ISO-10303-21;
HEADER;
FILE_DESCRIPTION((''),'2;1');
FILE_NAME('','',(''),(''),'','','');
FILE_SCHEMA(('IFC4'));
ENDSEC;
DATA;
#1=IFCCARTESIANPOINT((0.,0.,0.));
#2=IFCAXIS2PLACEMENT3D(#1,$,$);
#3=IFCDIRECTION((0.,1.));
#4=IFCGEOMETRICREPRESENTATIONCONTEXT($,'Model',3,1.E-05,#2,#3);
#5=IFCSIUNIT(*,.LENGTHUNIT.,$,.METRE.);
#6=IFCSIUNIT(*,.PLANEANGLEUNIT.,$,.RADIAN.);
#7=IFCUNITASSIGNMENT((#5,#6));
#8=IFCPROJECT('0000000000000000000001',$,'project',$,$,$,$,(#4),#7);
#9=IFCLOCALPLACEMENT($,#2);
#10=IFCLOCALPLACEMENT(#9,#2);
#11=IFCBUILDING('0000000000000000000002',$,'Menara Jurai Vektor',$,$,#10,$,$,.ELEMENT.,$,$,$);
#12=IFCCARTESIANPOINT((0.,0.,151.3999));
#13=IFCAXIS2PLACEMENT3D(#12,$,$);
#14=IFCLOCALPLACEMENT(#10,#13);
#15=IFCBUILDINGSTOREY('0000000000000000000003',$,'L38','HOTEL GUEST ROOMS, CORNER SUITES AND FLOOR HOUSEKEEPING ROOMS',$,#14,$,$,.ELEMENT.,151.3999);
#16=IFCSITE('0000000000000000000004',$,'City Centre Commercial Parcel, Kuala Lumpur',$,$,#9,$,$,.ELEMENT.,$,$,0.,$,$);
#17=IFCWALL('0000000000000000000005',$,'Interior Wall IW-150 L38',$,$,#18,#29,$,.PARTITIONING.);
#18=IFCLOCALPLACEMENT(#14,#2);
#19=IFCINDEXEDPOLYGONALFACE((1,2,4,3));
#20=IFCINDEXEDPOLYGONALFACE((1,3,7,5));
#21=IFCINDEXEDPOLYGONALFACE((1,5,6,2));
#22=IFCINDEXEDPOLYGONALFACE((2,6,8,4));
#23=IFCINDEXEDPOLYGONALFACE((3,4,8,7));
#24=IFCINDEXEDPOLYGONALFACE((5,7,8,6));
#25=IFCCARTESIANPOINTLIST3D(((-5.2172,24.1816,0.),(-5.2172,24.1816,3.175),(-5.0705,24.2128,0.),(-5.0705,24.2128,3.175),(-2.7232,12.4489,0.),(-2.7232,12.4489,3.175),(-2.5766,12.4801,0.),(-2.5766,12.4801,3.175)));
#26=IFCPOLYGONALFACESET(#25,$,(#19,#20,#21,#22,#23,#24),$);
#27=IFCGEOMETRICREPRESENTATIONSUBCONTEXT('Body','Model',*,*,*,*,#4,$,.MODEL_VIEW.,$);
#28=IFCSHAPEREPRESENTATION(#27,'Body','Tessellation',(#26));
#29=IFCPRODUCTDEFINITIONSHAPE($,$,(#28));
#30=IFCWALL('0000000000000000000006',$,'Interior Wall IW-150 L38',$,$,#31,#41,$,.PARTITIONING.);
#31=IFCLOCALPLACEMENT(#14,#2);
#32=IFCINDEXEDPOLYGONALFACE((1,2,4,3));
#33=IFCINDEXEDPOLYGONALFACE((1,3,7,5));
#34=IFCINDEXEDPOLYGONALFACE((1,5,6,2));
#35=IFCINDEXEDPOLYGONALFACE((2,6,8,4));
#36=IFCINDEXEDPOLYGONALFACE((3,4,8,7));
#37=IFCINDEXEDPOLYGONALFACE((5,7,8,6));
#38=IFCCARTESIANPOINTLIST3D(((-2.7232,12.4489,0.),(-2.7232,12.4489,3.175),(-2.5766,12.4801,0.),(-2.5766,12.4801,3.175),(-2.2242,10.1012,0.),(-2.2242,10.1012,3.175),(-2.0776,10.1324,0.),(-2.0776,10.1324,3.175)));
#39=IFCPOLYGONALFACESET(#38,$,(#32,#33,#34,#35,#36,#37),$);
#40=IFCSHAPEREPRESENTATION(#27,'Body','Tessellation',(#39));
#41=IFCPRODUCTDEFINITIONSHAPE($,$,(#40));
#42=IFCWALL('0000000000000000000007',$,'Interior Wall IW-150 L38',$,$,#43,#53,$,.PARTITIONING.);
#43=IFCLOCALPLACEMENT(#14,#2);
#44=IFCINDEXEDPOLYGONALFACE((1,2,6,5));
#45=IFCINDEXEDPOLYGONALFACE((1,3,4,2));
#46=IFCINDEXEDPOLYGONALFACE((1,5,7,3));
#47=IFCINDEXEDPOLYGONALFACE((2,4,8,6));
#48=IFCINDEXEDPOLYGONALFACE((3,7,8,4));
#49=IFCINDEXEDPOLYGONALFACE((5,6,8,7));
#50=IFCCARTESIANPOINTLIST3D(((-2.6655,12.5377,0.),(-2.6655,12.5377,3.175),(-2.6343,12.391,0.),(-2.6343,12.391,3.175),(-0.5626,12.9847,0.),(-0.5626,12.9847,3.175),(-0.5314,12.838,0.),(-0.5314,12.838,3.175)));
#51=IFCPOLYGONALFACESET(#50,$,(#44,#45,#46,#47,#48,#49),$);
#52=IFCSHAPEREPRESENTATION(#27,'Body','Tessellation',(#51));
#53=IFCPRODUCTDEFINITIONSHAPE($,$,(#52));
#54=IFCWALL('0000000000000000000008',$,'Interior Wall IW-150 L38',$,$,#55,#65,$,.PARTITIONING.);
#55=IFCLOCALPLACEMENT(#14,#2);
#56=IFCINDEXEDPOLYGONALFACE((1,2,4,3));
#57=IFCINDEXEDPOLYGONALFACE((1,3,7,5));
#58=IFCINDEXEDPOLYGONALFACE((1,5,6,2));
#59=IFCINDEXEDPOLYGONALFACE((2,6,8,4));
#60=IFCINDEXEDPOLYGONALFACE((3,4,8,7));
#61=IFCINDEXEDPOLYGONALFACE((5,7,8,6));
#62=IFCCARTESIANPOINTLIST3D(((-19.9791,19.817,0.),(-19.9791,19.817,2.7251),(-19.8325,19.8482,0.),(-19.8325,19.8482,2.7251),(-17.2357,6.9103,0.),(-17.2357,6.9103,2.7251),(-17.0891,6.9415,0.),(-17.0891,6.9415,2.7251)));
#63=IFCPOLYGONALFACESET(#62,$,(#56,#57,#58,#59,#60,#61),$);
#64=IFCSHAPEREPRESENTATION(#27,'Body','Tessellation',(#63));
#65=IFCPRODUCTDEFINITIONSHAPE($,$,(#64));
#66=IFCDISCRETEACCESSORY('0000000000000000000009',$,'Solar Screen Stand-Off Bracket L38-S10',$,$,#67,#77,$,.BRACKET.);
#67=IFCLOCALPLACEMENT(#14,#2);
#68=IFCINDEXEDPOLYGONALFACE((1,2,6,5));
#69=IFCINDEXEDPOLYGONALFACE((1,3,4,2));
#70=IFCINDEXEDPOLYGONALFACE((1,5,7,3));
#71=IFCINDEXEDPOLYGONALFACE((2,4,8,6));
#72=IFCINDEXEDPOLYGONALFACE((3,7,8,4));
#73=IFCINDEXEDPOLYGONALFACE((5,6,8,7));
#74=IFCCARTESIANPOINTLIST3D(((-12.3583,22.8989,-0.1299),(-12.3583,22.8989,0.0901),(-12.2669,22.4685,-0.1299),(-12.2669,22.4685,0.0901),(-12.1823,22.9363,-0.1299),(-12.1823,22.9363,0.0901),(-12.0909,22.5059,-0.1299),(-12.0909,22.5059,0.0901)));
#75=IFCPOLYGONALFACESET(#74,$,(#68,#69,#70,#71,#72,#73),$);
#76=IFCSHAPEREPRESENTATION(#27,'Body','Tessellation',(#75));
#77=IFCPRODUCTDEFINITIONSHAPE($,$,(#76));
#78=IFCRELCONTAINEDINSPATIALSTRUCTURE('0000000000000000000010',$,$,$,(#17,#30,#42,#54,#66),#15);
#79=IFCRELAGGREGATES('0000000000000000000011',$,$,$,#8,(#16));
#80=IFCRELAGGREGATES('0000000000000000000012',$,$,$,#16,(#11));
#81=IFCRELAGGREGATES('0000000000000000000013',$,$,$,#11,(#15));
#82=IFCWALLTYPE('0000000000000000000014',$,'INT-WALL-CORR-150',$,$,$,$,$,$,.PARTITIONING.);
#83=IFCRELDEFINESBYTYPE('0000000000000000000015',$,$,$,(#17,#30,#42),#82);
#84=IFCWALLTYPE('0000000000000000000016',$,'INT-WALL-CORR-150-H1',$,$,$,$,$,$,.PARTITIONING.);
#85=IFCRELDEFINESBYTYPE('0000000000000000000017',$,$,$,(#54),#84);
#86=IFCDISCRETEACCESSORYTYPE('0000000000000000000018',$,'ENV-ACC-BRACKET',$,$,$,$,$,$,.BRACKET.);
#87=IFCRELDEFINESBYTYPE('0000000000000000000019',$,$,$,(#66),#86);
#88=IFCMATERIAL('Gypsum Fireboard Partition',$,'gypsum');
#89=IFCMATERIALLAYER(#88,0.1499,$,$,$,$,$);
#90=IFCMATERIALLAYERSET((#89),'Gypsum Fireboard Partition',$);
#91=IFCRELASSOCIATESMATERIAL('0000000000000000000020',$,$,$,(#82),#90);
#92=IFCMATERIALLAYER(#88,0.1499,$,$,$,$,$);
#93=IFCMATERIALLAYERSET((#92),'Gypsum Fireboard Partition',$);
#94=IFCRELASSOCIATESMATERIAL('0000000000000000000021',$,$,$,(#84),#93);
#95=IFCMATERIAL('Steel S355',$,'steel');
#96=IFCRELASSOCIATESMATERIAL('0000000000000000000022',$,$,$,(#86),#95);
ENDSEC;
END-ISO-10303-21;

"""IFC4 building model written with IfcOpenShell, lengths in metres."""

from ifc_helpers import new_model, si_unit, direction, frame, frame_2d, origin, origin_2d, place, context, subcontext, project, spatial, rectangle, extrude, material, layer, layer_set, type_object, element, save


model = new_model("IFC4")

# Units and contexts
model_context = context("Model", 3, precision=1e-05, world=origin(), true_north=direction((0.0, 1.0)))
body_context = subcontext(model_context, "Body", "Model", "MODEL_VIEW")
ifc_project = project(units=[si_unit("LENGTHUNIT", "METRE"), si_unit("PLANEANGLEUNIT", "RADIAN")], contexts=[model_context])

# Site, building, storey
site_placement = place(None, origin())
site = spatial("IfcSite", under=ifc_project, at=site_placement, Name="City Centre Commercial Parcel, Kuala Lumpur", CompositionType="ELEMENT", RefElevation=0.0)
building_placement = place(site_placement, origin())
building = spatial("IfcBuilding", under=site, at=building_placement, Name="Menara Jurai Vektor", CompositionType="ELEMENT")
storey_placement = place(building_placement, frame((0.0, 0.0, 151.3999)))
storey = spatial("IfcBuildingStorey", under=building, at=storey_placement, Name="L38", Description="HOTEL GUEST ROOMS, CORNER SUITES AND FLOOR HOUSEKEEPING ROOMS", CompositionType="ELEMENT", Elevation=151.3999)

# Shared definitions
ifc_material_1 = material(Name="Steel S355", Category="steel")

# Shared definitions
ifc_material_2 = material(Name="Gypsum Fireboard Partition", Category="gypsum")
ifc_layer_1 = layer(ifc_material_2, 0.1499)
ifc_layer_set_1 = layer_set([ifc_layer_1], Name="Gypsum Fireboard Partition")
wall_type_1 = type_object("IfcWallType", Name="INT-WALL-CORR-150", PredefinedType="PARTITIONING", material=ifc_layer_set_1)

# Walls
wall_1_placement = place(storey_placement, frame((-2.6499, 12.4644, 0.0), z_axis=(0.0, 0.0, 1.0), x_axis=(-0.207915, 0.978147, 0.0)))
element("IfcWall", 1, at=wall_1_placement, inside=storey, type_object=wall_type_1, Name="Interior Wall IW-150 L38", PredefinedType="PARTITIONING", context=body_context, shape_type="SweptSolid", body=[
    extrude(rectangle(XDim=11.9949, YDim=0.1499, at=frame_2d((5.9976, 0.0))), origin(), (0.0, 0.0, 1.0), 3.175),
])
wall_2_placement = place(storey_placement, frame((-2.1509, 10.1167, 0.0), z_axis=(0.0, 0.0, 1.0), x_axis=(-0.207917, 0.978146, 0.0)))
element("IfcWall", 2, at=wall_2_placement, inside=storey, type_object=wall_type_1, Name="Interior Wall IW-150 L38", PredefinedType="PARTITIONING", context=body_context, shape_type="SweptSolid", body=[
    extrude(rectangle(XDim=2.4001, YDim=0.1499, at=frame_2d((1.2002, 0.0))), origin(), (0.0, 0.0, 1.0), 3.175),
])
wall_3_placement = place(storey_placement, frame((-2.6499, 12.4644, 0.0), z_axis=(0.0, 0.0, 1.0), x_axis=(0.978147, 0.207916, 0.0)))
element("IfcWall", 3, at=wall_3_placement, inside=storey, type_object=wall_type_1, Name="Interior Wall IW-150 L38", PredefinedType="PARTITIONING", context=body_context, shape_type="SweptSolid", body=[
    extrude(rectangle(XDim=2.1499, YDim=0.1499, at=frame_2d((1.075, 0.0))), origin(), (0.0, 0.0, 1.0), 3.175),
])
ifc_layer_2 = layer(ifc_material_2, 0.1499)
ifc_layer_set_2 = layer_set([ifc_layer_2], Name="Gypsum Fireboard Partition")
wall_type_2 = type_object("IfcWallType", Name="INT-WALL-CORR-150-H1", PredefinedType="PARTITIONING", material=ifc_layer_set_2)
wall_4_placement = place(storey_placement, frame((-17.1624, 6.9258, 0.0), z_axis=(0.0, 0.0, 1.0), x_axis=(-0.207911, 0.978148, 0.0)))
element("IfcWall", 4, at=wall_4_placement, inside=storey, type_object=wall_type_2, Name="Interior Wall IW-150 L38", PredefinedType="PARTITIONING", context=body_context, shape_type="SweptSolid", body=[
    extrude(rectangle(XDim=13.1951, YDim=0.1499, at=frame_2d((6.5977, 0.0))), origin(), (0.0, 0.0, 1.0), 2.7251),
])

# Discrete accessory
discrete_accessory_type = type_object("IfcDiscreteAccessoryType", Name="ENV-ACC-BRACKET", PredefinedType="BRACKET", material=ifc_material_1)
discrete_accessory_placement = place(storey_placement, frame((-12.2246, 22.7024, -0.1299), z_axis=(0.0, 0.0, 1.0), x_axis=(-0.978148, -0.207912, 0.0)))
element("IfcDiscreteAccessory", 5, at=discrete_accessory_placement, inside=storey, type_object=discrete_accessory_type, Name="Solar Screen Stand-Off Bracket L38-S10", PredefinedType="BRACKET", context=body_context, shape_type="SweptSolid", body=[
    extrude(rectangle(XDim=0.1799, YDim=0.4399, at=origin_2d()), origin(), (0.0, 0.0, 1.0), 0.22),
])

save(model, "model.ifc")
